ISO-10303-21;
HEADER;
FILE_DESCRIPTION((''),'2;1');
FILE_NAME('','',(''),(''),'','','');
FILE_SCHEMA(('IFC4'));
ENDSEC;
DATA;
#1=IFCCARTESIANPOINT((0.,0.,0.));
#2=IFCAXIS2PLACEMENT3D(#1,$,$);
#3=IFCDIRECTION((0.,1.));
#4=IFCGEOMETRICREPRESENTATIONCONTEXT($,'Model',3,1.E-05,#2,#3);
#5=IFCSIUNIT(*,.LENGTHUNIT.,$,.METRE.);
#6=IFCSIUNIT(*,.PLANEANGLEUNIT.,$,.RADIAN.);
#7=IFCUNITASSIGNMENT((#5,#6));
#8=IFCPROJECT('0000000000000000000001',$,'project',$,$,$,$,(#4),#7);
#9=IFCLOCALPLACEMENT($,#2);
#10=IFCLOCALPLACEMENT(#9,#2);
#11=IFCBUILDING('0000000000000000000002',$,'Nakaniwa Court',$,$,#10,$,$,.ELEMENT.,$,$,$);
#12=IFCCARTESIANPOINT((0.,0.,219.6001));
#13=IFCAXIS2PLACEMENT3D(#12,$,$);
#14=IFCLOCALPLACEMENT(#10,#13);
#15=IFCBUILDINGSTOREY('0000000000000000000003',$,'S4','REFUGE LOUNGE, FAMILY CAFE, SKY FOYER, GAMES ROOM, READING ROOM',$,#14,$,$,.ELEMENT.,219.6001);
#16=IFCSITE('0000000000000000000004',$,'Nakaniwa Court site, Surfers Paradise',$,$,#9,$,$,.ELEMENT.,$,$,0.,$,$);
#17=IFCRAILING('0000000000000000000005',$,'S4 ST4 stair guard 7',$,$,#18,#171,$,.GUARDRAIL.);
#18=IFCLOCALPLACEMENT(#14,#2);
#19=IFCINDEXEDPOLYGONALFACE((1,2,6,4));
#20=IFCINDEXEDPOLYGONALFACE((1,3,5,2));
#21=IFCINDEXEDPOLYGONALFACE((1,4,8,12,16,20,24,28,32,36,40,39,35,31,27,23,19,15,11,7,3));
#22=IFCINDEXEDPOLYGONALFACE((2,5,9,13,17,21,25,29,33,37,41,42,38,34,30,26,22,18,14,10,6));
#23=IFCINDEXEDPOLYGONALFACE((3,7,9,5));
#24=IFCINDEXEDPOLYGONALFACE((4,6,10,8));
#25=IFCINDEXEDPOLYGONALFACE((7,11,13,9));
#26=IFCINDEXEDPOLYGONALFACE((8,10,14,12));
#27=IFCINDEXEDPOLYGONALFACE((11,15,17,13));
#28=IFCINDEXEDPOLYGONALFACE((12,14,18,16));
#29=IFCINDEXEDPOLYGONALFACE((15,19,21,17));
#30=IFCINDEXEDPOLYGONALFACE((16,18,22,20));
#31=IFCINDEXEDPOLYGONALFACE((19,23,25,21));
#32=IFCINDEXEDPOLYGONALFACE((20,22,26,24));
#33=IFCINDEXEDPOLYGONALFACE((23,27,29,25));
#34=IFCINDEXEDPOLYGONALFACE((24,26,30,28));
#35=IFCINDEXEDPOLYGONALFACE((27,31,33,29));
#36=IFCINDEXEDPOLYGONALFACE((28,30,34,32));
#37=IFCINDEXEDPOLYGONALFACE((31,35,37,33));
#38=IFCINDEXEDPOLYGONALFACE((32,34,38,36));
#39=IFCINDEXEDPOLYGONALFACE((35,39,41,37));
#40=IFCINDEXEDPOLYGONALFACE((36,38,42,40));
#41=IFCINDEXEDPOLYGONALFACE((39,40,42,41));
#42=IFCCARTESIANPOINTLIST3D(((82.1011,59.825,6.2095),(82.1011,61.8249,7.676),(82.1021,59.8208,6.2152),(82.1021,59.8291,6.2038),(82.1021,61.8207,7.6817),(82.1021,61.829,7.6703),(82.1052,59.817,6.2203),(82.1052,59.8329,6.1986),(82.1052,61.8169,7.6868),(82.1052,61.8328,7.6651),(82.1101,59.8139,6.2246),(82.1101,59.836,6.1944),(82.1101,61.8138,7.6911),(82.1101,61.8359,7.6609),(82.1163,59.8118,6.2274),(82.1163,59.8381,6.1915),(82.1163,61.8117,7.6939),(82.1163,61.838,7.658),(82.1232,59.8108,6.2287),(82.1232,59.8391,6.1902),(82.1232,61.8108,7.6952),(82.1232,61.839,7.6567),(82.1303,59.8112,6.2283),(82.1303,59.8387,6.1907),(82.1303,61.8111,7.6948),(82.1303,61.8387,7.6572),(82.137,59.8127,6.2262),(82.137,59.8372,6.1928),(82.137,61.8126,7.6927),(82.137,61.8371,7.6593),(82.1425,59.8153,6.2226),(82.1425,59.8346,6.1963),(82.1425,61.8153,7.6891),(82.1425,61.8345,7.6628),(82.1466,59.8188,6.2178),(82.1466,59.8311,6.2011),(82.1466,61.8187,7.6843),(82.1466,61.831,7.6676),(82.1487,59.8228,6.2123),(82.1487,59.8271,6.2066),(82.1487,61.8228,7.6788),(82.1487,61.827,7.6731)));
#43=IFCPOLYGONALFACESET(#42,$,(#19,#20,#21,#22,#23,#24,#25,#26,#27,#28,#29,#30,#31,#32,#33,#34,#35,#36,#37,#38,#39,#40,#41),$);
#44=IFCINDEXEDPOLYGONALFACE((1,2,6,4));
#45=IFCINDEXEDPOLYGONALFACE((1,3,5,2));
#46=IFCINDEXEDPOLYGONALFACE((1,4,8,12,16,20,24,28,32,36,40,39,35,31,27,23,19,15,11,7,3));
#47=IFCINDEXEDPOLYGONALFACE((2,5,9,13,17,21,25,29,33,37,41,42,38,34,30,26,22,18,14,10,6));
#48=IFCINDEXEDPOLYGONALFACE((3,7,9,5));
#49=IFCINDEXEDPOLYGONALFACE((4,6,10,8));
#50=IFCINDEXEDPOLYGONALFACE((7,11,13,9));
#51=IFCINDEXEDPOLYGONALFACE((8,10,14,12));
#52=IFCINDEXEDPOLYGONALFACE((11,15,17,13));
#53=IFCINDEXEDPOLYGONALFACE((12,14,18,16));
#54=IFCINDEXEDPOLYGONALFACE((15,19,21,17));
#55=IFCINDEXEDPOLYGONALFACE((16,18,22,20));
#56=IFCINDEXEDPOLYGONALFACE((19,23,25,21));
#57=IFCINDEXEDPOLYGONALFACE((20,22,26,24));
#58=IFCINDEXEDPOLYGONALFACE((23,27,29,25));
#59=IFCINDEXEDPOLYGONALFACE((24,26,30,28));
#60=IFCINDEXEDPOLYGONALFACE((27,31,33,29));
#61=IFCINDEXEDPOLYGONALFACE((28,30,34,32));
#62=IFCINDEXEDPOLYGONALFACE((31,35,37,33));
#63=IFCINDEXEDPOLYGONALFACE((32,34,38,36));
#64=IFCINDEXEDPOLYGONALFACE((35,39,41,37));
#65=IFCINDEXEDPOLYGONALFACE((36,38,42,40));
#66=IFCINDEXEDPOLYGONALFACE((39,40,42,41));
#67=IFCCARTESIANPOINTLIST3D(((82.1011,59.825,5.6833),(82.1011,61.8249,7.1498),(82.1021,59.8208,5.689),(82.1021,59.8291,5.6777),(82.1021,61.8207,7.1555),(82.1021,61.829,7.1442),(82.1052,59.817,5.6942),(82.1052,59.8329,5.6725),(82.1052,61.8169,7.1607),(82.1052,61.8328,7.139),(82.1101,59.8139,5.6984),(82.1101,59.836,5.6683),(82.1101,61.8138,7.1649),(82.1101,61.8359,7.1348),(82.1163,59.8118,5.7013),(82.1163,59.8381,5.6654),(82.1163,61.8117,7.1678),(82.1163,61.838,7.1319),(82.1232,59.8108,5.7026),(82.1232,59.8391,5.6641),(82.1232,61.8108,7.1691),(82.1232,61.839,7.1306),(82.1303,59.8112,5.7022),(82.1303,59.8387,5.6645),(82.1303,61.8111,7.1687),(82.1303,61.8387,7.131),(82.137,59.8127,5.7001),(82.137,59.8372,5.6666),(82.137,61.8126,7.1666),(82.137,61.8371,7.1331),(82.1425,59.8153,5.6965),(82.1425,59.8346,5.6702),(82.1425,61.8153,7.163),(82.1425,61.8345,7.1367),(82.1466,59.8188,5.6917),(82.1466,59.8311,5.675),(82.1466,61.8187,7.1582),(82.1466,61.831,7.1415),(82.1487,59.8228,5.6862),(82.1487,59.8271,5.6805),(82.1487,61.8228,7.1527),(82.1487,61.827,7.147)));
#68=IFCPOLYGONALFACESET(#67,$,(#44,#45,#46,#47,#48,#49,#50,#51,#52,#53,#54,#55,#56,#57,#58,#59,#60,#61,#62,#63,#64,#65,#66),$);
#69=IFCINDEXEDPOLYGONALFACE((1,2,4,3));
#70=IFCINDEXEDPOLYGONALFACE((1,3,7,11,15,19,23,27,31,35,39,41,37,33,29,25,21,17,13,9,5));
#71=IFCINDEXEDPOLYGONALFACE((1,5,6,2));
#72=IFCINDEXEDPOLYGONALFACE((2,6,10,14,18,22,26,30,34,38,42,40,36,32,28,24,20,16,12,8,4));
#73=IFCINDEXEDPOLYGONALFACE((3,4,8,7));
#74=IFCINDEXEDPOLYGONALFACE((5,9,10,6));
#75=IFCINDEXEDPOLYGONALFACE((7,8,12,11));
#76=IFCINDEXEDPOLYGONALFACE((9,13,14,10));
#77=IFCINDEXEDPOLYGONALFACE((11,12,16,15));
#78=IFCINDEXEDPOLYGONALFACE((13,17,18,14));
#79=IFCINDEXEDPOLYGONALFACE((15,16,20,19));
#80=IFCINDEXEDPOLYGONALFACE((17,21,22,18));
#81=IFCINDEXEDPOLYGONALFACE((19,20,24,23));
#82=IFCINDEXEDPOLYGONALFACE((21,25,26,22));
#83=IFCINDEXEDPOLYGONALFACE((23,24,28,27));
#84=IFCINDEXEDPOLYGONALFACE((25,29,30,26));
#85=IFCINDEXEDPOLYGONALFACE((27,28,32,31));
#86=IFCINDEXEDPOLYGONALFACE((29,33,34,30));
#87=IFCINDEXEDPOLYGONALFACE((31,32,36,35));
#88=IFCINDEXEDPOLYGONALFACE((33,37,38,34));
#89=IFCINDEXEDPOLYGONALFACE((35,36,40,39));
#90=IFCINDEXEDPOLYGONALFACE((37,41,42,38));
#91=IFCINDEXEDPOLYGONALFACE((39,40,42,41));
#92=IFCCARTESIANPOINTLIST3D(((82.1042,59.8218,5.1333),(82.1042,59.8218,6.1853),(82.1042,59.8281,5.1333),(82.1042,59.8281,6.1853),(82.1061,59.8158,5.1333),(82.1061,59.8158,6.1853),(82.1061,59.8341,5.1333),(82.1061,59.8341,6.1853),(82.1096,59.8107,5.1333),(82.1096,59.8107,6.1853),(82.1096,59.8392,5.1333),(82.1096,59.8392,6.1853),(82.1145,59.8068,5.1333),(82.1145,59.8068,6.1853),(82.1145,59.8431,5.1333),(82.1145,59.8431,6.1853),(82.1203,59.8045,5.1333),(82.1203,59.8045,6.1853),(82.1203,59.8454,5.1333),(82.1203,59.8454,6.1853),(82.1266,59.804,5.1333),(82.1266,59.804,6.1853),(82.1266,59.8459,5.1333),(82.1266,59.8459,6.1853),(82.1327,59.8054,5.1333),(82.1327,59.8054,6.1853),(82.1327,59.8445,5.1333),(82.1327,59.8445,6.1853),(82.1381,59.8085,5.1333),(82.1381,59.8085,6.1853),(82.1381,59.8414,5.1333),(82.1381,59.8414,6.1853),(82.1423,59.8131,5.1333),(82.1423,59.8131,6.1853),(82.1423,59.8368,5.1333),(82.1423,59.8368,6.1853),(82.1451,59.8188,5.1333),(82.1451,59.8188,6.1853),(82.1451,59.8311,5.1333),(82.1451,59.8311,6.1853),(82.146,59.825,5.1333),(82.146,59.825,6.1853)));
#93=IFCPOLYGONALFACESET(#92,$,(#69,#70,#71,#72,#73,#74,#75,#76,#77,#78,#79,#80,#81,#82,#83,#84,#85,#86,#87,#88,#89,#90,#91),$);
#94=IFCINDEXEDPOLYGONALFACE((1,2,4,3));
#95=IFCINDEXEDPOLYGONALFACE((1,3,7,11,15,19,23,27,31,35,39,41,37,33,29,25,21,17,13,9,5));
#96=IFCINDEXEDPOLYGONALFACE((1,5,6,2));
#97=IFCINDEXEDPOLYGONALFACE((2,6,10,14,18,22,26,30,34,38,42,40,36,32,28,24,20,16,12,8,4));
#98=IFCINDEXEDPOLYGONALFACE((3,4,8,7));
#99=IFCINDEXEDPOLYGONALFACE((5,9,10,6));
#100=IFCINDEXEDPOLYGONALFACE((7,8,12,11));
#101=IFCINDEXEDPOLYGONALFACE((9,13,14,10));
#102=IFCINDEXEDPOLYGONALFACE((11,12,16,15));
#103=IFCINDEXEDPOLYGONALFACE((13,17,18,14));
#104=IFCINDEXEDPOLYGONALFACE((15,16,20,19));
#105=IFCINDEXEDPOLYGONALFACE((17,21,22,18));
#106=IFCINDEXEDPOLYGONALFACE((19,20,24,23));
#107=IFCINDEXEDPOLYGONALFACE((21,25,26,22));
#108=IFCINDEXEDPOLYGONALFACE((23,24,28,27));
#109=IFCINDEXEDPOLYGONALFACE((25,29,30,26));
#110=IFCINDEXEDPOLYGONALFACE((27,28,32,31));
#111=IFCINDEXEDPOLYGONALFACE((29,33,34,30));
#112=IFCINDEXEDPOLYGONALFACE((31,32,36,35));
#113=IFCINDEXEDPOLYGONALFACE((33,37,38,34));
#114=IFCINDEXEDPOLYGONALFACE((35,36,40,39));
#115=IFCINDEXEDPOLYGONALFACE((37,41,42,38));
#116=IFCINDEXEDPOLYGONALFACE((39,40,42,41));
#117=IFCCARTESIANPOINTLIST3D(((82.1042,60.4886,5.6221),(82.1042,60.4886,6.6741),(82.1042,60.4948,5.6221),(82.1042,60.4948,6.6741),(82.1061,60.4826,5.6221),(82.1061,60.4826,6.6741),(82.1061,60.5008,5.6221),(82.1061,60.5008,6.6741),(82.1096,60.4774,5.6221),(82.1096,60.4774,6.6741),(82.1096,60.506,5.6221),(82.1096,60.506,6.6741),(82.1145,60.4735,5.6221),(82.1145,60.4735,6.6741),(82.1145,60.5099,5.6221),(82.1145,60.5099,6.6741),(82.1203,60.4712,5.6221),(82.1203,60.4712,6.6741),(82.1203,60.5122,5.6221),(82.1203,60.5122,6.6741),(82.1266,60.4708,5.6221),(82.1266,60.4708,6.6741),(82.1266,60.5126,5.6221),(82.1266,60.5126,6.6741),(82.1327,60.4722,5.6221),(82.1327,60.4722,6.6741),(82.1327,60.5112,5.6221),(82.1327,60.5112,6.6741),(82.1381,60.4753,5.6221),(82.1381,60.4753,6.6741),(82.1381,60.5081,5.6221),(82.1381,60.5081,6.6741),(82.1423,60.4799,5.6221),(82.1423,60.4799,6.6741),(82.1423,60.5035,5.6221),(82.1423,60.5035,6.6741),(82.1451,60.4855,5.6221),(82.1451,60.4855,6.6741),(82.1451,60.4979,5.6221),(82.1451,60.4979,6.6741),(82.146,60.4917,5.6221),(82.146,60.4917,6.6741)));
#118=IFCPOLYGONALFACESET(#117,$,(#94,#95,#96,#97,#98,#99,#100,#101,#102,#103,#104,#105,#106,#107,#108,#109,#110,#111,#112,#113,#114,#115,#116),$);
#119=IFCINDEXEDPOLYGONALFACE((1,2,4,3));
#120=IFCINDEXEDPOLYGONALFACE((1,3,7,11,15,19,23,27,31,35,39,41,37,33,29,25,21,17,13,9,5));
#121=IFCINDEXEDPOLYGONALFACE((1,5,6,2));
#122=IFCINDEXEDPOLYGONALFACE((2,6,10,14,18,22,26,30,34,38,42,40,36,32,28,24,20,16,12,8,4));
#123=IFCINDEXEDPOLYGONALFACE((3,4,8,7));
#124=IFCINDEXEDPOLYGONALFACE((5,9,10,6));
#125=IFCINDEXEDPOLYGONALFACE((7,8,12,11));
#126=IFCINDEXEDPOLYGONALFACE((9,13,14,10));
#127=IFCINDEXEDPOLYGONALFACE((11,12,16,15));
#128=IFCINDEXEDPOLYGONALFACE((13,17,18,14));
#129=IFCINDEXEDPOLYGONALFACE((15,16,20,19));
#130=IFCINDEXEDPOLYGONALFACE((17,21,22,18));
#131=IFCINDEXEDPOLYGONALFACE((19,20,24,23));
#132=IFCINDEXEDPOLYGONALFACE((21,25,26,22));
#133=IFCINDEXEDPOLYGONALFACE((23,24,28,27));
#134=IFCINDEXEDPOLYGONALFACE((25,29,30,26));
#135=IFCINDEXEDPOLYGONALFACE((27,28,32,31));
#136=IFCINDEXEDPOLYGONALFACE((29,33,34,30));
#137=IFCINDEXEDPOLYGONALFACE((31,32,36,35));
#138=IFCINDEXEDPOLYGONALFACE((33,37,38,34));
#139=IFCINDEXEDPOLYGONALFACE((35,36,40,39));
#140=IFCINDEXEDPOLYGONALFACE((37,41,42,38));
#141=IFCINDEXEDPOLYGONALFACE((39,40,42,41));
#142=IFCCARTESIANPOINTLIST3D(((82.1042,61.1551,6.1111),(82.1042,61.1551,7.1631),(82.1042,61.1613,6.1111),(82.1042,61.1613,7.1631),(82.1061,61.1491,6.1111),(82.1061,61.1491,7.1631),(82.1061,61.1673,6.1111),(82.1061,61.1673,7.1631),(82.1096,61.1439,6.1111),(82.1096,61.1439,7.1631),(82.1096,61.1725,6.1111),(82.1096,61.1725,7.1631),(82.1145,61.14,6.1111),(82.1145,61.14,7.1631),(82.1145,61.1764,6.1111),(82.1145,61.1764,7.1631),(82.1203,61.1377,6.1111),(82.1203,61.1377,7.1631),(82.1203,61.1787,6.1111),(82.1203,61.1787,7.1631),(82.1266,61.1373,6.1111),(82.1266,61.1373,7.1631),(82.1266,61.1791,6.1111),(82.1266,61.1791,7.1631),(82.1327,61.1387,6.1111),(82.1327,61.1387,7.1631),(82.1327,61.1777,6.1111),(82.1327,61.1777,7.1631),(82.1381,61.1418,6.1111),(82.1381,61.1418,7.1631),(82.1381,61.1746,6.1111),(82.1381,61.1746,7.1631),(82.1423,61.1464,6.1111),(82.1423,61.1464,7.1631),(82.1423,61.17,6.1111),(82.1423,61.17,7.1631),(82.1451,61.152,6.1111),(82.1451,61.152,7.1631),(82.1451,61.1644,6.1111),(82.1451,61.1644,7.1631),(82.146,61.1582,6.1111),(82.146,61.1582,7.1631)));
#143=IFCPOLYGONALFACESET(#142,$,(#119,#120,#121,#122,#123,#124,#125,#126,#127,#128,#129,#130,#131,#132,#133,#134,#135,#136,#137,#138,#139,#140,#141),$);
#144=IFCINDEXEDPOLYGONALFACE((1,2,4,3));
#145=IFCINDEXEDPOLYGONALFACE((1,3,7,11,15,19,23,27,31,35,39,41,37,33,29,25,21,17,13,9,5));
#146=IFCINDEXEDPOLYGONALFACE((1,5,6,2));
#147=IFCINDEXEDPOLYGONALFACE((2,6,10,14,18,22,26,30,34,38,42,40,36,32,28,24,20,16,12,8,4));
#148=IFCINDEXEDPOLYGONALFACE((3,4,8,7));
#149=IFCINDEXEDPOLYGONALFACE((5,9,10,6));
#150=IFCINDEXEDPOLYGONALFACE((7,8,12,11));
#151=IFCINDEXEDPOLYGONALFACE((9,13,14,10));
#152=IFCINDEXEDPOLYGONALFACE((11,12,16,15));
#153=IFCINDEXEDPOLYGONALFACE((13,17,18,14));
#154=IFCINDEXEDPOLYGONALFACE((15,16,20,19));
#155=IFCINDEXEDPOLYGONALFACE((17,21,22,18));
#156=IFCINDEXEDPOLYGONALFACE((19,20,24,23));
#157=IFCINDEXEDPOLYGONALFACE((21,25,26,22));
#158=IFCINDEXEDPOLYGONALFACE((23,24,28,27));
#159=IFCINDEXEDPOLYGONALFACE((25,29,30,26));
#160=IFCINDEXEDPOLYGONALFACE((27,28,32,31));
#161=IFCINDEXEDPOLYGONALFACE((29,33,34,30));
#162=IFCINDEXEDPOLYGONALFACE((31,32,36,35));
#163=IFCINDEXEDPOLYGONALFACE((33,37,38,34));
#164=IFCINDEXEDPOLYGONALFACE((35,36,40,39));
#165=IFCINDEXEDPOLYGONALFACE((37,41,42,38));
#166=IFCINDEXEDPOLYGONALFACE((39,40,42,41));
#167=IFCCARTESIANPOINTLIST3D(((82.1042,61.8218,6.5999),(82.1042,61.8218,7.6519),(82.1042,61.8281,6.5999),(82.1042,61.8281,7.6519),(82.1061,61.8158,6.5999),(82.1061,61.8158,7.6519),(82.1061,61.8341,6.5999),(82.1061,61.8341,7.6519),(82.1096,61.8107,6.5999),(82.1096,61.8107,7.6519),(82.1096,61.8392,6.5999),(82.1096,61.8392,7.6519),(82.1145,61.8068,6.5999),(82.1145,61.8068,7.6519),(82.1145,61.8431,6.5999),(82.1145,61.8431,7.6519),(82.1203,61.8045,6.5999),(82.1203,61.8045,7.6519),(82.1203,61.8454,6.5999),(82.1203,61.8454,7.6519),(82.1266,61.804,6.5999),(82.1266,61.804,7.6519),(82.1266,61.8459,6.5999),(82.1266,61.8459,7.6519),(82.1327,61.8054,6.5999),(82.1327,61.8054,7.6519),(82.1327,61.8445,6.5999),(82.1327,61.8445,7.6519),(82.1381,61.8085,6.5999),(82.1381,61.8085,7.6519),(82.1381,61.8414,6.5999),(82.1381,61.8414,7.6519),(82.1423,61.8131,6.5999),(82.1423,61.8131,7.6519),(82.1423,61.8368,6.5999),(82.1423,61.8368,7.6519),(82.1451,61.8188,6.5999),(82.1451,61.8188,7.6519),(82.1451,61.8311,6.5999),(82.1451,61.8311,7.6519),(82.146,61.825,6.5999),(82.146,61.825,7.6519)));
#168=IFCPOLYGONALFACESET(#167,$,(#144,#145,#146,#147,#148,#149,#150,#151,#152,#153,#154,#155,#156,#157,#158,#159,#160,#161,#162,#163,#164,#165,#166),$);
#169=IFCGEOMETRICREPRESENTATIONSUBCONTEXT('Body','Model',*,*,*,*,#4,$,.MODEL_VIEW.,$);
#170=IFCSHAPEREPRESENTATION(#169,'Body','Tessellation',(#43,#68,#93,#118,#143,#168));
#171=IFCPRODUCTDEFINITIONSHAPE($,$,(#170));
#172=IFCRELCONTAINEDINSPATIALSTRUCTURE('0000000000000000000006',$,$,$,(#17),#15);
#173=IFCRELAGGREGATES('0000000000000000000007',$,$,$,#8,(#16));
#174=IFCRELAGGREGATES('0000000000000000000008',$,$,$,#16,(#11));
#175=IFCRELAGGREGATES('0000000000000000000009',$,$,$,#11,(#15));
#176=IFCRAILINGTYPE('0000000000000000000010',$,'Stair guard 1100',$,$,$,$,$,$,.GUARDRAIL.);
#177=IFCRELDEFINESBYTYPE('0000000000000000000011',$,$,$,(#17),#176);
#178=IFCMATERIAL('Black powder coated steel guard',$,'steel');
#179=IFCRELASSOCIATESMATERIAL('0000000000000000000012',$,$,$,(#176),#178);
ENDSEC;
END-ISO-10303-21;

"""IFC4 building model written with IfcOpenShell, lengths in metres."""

from ifc_helpers import new_model, si_unit, direction, frame, origin, origin_2d, place, context, subcontext, project, spatial, circle, extrude, material, type_object, element, save


model = new_model("IFC4")

# Units and contexts
model_context = context("Model", 3, precision=1e-05, world=origin(), true_north=direction((0.0, 1.0)))
body_context = subcontext(model_context, "Body", "Model", "MODEL_VIEW")
ifc_project = project(units=[si_unit("LENGTHUNIT", "METRE"), si_unit("PLANEANGLEUNIT", "RADIAN")], contexts=[model_context])

# Site, building, storey
site_placement = place(None, origin())
site = spatial("IfcSite", under=ifc_project, at=site_placement, Name="Nakaniwa Court site, Surfers Paradise", CompositionType="ELEMENT", RefElevation=0.0)
building_placement = place(site_placement, origin())
building = spatial("IfcBuilding", under=site, at=building_placement, Name="Nakaniwa Court", CompositionType="ELEMENT")
storey_placement = place(building_placement, frame((0.0, 0.0, 219.6001)))
storey = spatial("IfcBuildingStorey", under=building, at=storey_placement, Name="S4", Description="REFUGE LOUNGE, FAMILY CAFE, SKY FOYER, GAMES ROOM, READING ROOM", CompositionType="ELEMENT", Elevation=219.6001)

# Railing
ifc_material_1 = material(Name="Black powder coated steel guard", Category="steel")
railing_type_1 = type_object("IfcRailingType", Name="Stair guard 1100", PredefinedType="GUARDRAIL", material=ifc_material_1)
railing_1_placement = place(storey_placement, frame((82.125, 59.825, 5.1333)))
element("IfcRailing", 1, at=railing_1_placement, inside=storey, type_object=railing_type_1, Name="S4 ST4 stair guard 7", PredefinedType="GUARDRAIL", context=body_context, shape_type="SweptSolid", body=[
    extrude(circle(Radius=0.0239, at=origin_2d()), frame((0.0, 0.0, 1.0762), z_axis=(0.0, 0.806427, 0.591334), x_axis=(-1.0, 0.0, 0.0)), (0.0, 0.0, 1.0), 2.48),
    extrude(circle(Radius=0.0239, at=origin_2d()), frame((0.0, 0.0, 0.55), z_axis=(0.0, 0.806427, 0.591334), x_axis=(-1.0, 0.0, 0.0)), (0.0, 0.0, 1.0), 2.48),
    extrude(circle(Radius=0.021, at=origin_2d()), origin(), (0.0, 0.0, 1.0), 1.052),
    extrude(circle(Radius=0.021, at=origin_2d()), frame((0.0, 0.6667, 0.4888)), (0.0, 0.0, 1.0), 1.052),
    extrude(circle(Radius=0.021, at=origin_2d()), frame((0.0, 1.3333, 0.9778)), (0.0, 0.0, 1.0), 1.052),
    extrude(circle(Radius=0.021, at=origin_2d()), frame((0.0, 2.0, 1.4666)), (0.0, 0.0, 1.0), 1.052),
])

save(model, "model.ifc")
